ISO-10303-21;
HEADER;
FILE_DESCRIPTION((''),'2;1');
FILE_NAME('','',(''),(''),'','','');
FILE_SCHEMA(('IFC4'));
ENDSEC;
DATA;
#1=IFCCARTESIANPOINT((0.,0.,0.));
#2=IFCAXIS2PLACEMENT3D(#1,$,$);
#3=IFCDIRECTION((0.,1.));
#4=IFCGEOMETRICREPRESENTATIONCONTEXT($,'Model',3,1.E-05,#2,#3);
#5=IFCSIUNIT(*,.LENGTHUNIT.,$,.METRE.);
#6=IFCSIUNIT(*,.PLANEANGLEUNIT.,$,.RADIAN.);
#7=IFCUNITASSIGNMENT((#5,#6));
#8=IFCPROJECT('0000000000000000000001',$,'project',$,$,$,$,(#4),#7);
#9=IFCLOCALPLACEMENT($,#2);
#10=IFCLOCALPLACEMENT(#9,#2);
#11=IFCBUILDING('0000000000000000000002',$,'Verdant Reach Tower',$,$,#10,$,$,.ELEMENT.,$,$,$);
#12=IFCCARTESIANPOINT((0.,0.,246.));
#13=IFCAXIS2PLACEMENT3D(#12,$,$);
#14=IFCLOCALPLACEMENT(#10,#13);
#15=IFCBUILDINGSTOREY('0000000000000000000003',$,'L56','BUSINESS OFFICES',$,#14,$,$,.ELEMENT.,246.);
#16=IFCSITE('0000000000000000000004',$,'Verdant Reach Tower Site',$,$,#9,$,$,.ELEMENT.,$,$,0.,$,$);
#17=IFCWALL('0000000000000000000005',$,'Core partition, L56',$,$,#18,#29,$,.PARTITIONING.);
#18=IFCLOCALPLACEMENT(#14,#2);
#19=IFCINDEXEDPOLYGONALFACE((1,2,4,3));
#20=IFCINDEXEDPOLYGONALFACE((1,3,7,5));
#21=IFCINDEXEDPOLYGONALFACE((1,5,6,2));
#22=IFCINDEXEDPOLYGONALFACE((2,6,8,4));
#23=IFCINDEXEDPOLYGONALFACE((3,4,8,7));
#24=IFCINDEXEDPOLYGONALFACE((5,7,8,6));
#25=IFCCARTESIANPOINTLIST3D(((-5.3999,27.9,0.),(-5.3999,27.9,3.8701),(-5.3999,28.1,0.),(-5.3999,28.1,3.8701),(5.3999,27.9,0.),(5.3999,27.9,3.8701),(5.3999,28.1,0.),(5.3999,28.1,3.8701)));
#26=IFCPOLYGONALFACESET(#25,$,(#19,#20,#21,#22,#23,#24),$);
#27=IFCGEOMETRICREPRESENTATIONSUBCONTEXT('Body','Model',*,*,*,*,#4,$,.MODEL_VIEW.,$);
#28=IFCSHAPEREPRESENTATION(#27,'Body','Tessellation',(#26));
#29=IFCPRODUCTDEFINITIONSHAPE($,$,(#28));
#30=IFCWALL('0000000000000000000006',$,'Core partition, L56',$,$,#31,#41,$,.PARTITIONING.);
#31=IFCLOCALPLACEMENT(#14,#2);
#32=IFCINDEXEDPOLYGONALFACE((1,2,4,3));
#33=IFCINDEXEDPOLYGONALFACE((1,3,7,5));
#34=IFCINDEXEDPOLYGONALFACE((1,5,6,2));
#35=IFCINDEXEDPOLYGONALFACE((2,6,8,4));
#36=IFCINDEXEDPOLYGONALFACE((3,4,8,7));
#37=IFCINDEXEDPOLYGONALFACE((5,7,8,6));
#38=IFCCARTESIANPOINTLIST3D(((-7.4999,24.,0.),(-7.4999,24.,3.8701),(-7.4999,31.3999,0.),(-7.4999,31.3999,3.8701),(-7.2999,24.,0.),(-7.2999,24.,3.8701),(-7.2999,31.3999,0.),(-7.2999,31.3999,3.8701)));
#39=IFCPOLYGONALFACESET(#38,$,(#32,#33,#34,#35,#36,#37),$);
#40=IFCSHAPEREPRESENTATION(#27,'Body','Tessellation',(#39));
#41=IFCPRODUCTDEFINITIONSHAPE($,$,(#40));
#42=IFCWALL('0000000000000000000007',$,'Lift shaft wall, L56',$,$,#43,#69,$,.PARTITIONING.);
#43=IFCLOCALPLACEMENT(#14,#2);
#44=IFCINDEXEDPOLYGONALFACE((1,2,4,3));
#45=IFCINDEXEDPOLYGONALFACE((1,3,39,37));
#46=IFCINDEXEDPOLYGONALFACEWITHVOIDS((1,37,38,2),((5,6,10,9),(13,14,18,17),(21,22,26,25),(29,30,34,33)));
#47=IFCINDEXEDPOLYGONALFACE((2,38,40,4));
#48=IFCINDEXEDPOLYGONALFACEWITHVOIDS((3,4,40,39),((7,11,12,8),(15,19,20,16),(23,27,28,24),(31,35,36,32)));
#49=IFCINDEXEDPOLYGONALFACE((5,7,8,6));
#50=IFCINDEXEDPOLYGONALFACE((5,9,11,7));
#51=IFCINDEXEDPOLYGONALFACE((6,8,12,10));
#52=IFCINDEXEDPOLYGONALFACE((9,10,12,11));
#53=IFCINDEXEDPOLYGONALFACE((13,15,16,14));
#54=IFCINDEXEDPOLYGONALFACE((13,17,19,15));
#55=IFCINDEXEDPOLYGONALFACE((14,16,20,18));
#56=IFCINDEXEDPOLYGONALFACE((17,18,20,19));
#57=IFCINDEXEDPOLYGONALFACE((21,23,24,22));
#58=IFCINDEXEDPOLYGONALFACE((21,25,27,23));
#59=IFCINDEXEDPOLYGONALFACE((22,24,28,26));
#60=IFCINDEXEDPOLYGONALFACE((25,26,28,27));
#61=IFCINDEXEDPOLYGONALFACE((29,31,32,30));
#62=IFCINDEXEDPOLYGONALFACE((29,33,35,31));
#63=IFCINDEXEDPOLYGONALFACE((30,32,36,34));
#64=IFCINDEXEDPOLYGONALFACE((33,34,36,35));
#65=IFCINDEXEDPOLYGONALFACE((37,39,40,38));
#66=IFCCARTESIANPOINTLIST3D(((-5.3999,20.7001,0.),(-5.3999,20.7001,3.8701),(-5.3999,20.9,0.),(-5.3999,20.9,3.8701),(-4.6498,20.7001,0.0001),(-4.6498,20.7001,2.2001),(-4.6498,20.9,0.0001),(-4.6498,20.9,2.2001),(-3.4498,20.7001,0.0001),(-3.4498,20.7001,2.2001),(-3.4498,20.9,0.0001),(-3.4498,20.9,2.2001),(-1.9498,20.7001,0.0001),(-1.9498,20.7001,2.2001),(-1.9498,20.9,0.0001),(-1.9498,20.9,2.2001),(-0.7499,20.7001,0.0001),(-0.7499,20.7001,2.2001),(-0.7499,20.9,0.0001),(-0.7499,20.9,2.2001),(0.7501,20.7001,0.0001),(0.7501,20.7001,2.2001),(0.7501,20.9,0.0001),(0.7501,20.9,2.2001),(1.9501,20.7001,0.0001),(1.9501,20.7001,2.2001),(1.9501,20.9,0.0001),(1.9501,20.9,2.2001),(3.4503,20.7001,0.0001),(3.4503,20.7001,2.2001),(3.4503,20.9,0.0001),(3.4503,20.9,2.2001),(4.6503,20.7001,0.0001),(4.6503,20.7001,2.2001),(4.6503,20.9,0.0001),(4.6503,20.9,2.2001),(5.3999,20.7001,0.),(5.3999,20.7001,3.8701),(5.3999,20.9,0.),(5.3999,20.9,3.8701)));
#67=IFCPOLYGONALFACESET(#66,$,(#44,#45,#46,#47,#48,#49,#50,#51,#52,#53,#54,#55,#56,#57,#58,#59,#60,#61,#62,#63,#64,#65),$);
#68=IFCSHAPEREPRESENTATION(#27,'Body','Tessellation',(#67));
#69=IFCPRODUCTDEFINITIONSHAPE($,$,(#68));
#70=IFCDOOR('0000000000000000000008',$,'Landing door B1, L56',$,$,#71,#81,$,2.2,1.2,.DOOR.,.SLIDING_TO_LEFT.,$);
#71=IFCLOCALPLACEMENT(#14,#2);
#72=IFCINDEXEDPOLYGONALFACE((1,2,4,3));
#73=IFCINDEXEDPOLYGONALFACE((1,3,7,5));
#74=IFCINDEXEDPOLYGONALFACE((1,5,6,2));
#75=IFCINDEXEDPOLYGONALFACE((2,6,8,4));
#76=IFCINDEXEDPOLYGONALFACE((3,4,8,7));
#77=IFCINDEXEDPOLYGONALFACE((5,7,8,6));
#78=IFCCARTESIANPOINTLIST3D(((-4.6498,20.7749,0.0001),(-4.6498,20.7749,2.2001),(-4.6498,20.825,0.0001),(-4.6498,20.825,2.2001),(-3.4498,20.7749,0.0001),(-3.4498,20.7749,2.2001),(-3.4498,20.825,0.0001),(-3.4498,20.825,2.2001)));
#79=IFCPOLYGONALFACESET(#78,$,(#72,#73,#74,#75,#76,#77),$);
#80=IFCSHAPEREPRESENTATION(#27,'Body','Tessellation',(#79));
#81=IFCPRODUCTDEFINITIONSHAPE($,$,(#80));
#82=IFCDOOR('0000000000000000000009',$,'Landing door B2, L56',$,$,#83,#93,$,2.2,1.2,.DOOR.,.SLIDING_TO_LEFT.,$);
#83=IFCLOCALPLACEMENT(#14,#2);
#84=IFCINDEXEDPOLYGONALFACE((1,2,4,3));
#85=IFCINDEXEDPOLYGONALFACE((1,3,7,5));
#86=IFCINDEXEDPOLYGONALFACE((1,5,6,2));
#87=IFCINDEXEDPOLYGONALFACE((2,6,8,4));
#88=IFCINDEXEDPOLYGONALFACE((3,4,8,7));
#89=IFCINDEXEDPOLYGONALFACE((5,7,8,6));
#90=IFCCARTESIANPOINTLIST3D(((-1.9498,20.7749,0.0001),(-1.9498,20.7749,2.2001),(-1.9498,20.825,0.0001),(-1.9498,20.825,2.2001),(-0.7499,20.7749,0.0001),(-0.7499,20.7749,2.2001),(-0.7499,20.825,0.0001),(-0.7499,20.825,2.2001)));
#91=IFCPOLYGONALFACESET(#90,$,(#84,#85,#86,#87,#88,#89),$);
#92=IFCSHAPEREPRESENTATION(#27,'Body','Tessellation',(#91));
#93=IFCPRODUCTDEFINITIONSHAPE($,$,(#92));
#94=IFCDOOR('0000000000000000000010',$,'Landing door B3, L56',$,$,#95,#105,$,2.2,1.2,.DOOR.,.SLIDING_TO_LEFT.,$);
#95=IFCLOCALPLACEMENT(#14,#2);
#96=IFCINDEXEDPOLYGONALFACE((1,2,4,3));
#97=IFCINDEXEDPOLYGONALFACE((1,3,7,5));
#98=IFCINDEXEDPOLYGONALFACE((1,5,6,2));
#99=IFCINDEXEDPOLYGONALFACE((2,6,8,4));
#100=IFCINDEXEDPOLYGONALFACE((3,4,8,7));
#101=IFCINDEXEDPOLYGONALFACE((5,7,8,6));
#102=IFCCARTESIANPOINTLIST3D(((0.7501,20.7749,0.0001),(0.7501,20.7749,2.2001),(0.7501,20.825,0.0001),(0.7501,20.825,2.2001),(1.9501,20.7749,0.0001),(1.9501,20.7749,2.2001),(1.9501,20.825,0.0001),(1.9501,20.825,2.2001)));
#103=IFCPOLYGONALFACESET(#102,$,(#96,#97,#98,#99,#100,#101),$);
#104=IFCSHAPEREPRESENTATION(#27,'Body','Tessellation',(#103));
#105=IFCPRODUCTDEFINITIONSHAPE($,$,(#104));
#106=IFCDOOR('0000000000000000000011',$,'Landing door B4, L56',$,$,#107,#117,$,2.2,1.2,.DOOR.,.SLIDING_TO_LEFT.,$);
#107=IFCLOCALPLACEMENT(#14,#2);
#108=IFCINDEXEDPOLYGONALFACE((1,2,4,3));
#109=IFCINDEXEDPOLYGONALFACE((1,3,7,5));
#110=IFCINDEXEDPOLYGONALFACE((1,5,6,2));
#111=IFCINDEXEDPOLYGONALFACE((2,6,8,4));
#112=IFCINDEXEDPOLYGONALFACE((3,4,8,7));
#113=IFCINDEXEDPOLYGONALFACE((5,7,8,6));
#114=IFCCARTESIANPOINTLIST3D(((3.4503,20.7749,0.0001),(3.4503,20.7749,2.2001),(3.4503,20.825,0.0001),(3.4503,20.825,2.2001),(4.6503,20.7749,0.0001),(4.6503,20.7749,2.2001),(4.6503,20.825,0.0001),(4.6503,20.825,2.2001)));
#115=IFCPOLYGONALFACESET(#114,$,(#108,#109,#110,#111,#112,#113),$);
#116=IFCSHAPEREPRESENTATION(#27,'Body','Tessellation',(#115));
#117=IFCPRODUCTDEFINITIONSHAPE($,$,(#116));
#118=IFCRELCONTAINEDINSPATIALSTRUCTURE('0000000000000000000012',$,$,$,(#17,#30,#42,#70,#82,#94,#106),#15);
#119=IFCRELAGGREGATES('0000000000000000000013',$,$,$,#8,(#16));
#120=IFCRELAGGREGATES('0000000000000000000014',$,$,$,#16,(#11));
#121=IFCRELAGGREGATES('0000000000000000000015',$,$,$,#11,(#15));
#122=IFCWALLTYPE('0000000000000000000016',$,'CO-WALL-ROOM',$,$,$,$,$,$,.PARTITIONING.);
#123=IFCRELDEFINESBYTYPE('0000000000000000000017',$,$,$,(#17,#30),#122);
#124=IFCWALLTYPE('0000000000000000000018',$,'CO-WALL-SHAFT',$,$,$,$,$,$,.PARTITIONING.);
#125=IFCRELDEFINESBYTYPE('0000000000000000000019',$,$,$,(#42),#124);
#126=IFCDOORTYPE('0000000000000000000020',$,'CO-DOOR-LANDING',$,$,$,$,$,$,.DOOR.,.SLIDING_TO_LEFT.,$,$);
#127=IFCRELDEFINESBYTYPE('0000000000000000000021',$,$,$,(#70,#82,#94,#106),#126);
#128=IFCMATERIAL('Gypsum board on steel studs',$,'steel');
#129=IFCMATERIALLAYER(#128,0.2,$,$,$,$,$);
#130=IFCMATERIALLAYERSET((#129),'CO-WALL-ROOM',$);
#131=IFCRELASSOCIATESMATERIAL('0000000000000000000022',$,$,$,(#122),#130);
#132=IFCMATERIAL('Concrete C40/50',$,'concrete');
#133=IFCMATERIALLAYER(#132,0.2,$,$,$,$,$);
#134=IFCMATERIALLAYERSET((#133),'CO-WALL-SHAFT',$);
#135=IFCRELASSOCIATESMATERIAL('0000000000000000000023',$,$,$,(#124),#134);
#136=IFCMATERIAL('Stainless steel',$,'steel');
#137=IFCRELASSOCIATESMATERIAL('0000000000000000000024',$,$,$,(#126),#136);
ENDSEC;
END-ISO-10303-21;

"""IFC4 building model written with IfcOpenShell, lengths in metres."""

from ifc_helpers import new_model, si_unit, direction, frame, frame_2d, origin, place, context, subcontext, project, spatial, rectangle, extrude, material, layer, layer_set, type_object, element, fill, save


model = new_model("IFC4")

# Units and contexts
model_context = context("Model", 3, precision=1e-05, world=origin(), true_north=direction((0.0, 1.0)))
body_context = subcontext(model_context, "Body", "Model", "MODEL_VIEW")
ifc_project = project(units=[si_unit("LENGTHUNIT", "METRE"), si_unit("PLANEANGLEUNIT", "RADIAN")], contexts=[model_context])

# Site, building, storey
site_placement = place(None, origin())
site = spatial("IfcSite", under=ifc_project, at=site_placement, Name="Verdant Reach Tower Site", CompositionType="ELEMENT", RefElevation=0.0)
building_placement = place(site_placement, origin())
building = spatial("IfcBuilding", under=site, at=building_placement, Name="Verdant Reach Tower", CompositionType="ELEMENT")
storey_placement = place(building_placement, frame((0.0, 0.0, 246.0)))
storey = spatial("IfcBuildingStorey", under=building, at=storey_placement, Name="L56", Description="BUSINESS OFFICES", CompositionType="ELEMENT", Elevation=246.0)

# Walls
ifc_material_1 = material(Name="Gypsum board on steel studs", Category="steel")
ifc_layer_1 = layer(ifc_material_1, 0.2)
ifc_layer_set_1 = layer_set([ifc_layer_1], Name="CO-WALL-ROOM")
wall_type_1 = type_object("IfcWallType", Name="CO-WALL-ROOM", PredefinedType="PARTITIONING", material=ifc_layer_set_1)
wall_1_placement = place(storey_placement, frame((-5.3999, 28.0, 0.0), z_axis=(0.0, 0.0, 1.0), x_axis=(1.0, 0.0, 0.0)))
element("IfcWall", 1, at=wall_1_placement, inside=storey, type_object=wall_type_1, Name="Core partition, L56", PredefinedType="PARTITIONING", context=body_context, shape_type="SweptSolid", body=[
    extrude(rectangle(XDim=10.7998, YDim=0.2, at=frame_2d((5.3999, 0.0))), origin(), (0.0, 0.0, 1.0), 3.8701),
])
wall_2_placement = place(storey_placement, frame((-7.3999, 24.0, 0.0), z_axis=(0.0, 0.0, 1.0), x_axis=(0.0, 1.0, 0.0)))
element("IfcWall", 2, at=wall_2_placement, inside=storey, type_object=wall_type_1, Name="Core partition, L56", PredefinedType="PARTITIONING", context=body_context, shape_type="SweptSolid", body=[
    extrude(rectangle(XDim=7.3999, YDim=0.2, at=frame_2d((3.7, 0.0))), origin(), (0.0, 0.0, 1.0), 3.8701),
])

# Wall, openings, doors
ifc_material_2 = material(Name="Concrete C40/50", Category="concrete")
ifc_layer_2 = layer(ifc_material_2, 0.2)
ifc_layer_set_2 = layer_set([ifc_layer_2], Name="CO-WALL-SHAFT")
wall_type_2 = type_object("IfcWallType", Name="CO-WALL-SHAFT", PredefinedType="PARTITIONING", material=ifc_layer_set_2)
wall_3_placement = place(storey_placement, frame((-5.3999, 20.8, 0.0), z_axis=(0.0, 0.0, 1.0), x_axis=(1.0, 0.0, 0.0)))
wall_3 = element("IfcWall", 3, at=wall_3_placement, inside=storey, type_object=wall_type_2, Name="Lift shaft wall, L56", PredefinedType="PARTITIONING", context=body_context, shape_type="SweptSolid", body=[
    extrude(rectangle(XDim=10.7998, YDim=0.2, at=frame_2d((5.3999, 0.0))), origin(), (0.0, 0.0, 1.0), 3.8701),
])
opening_1_placement = place(wall_3_placement, frame((0.75, 0.0, 0.0)))
opening_1 = element("IfcOpeningElement", 4, at=opening_1_placement, cuts=wall_3, PredefinedType="OPENING", context=body_context, shape_type="SweptSolid", body=[
    extrude(rectangle(XDim=1.2, YDim=2.2, at=frame_2d((0.6001, 1.1001))), frame((0.0, 0.1099, 0.0), z_axis=(0.0, -1.0, 0.0), x_axis=(1.0, 0.0, 0.0)), (0.0, 0.0, 1.0), 0.22),
])
opening_2_placement = place(wall_3_placement, frame((3.45, 0.0, 0.0)))
opening_2 = element("IfcOpeningElement", 5, at=opening_2_placement, cuts=wall_3, PredefinedType="OPENING", context=body_context, shape_type="SweptSolid", body=[
    extrude(rectangle(XDim=1.2, YDim=2.2, at=frame_2d((0.6001, 1.1001))), frame((0.0, 0.1099, 0.0), z_axis=(0.0, -1.0, 0.0), x_axis=(1.0, 0.0, 0.0)), (0.0, 0.0, 1.0), 0.22),
])
opening_3_placement = place(wall_3_placement, frame((6.1499, 0.0, 0.0)))
opening_3 = element("IfcOpeningElement", 6, at=opening_3_placement, cuts=wall_3, PredefinedType="OPENING", context=body_context, shape_type="SweptSolid", body=[
    extrude(rectangle(XDim=1.2, YDim=2.2, at=frame_2d((0.6001, 1.1001))), frame((0.0, 0.1099, 0.0), z_axis=(0.0, -1.0, 0.0), x_axis=(1.0, 0.0, 0.0)), (0.0, 0.0, 1.0), 0.22),
])
opening_4_placement = place(wall_3_placement, frame((8.8501, 0.0, 0.0)))
opening_4 = element("IfcOpeningElement", 7, at=opening_4_placement, cuts=wall_3, PredefinedType="OPENING", context=body_context, shape_type="SweptSolid", body=[
    extrude(rectangle(XDim=1.2, YDim=2.2, at=frame_2d((0.6001, 1.1001))), frame((0.0, 0.1099, 0.0), z_axis=(0.0, -1.0, 0.0), x_axis=(1.0, 0.0, 0.0)), (0.0, 0.0, 1.0), 0.22),
])
ifc_material_3 = material(Name="Stainless steel", Category="steel")
door_type_1 = type_object("IfcDoorType", Name="CO-DOOR-LANDING", OperationType="SLIDING_TO_LEFT", PredefinedType="DOOR", material=ifc_material_3)
door_1_placement = place(opening_1_placement, origin())
door_1 = element("IfcDoor", 8, at=door_1_placement, inside=storey, type_object=door_type_1, Name="Landing door B1, L56", OperationType="SLIDING_TO_LEFT", OverallHeight=2.2, OverallWidth=1.2, PredefinedType="DOOR", context=body_context, shape_type="SweptSolid", body=[
    extrude(rectangle(XDim=1.2, YDim=2.2, at=frame_2d((0.6001, 1.1001))), frame((0.0, 0.0249, 0.0), z_axis=(0.0, -1.0, 0.0), x_axis=(1.0, 0.0, 0.0)), (0.0, 0.0, 1.0), 0.05),
])
fill(opening_1, door_1)
door_2_placement = place(opening_2_placement, origin())
door_2 = element("IfcDoor", 9, at=door_2_placement, inside=storey, type_object=door_type_1, Name="Landing door B2, L56", OperationType="SLIDING_TO_LEFT", OverallHeight=2.2, OverallWidth=1.2, PredefinedType="DOOR", context=body_context, shape_type="SweptSolid", body=[
    extrude(rectangle(XDim=1.2, YDim=2.2, at=frame_2d((0.6001, 1.1001))), frame((0.0, 0.0249, 0.0), z_axis=(0.0, -1.0, 0.0), x_axis=(1.0, 0.0, 0.0)), (0.0, 0.0, 1.0), 0.05),
])
fill(opening_2, door_2)
door_3_placement = place(opening_3_placement, origin())
door_3 = element("IfcDoor", 10, at=door_3_placement, inside=storey, type_object=door_type_1, Name="Landing door B3, L56", OperationType="SLIDING_TO_LEFT", OverallHeight=2.2, OverallWidth=1.2, PredefinedType="DOOR", context=body_context, shape_type="SweptSolid", body=[
    extrude(rectangle(XDim=1.2, YDim=2.2, at=frame_2d((0.6001, 1.1001))), frame((0.0, 0.0249, 0.0), z_axis=(0.0, -1.0, 0.0), x_axis=(1.0, 0.0, 0.0)), (0.0, 0.0, 1.0), 0.05),
])
fill(opening_3, door_3)
door_4_placement = place(opening_4_placement, origin())
door_4 = element("IfcDoor", 11, at=door_4_placement, inside=storey, type_object=door_type_1, Name="Landing door B4, L56", OperationType="SLIDING_TO_LEFT", OverallHeight=2.2, OverallWidth=1.2, PredefinedType="DOOR", context=body_context, shape_type="SweptSolid", body=[
    extrude(rectangle(XDim=1.2, YDim=2.2, at=frame_2d((0.6001, 1.1001))), frame((0.0, 0.0249, 0.0), z_axis=(0.0, -1.0, 0.0), x_axis=(1.0, 0.0, 0.0)), (0.0, 0.0, 1.0), 0.05),
])
fill(opening_4, door_4)

save(model, "model.ifc")
